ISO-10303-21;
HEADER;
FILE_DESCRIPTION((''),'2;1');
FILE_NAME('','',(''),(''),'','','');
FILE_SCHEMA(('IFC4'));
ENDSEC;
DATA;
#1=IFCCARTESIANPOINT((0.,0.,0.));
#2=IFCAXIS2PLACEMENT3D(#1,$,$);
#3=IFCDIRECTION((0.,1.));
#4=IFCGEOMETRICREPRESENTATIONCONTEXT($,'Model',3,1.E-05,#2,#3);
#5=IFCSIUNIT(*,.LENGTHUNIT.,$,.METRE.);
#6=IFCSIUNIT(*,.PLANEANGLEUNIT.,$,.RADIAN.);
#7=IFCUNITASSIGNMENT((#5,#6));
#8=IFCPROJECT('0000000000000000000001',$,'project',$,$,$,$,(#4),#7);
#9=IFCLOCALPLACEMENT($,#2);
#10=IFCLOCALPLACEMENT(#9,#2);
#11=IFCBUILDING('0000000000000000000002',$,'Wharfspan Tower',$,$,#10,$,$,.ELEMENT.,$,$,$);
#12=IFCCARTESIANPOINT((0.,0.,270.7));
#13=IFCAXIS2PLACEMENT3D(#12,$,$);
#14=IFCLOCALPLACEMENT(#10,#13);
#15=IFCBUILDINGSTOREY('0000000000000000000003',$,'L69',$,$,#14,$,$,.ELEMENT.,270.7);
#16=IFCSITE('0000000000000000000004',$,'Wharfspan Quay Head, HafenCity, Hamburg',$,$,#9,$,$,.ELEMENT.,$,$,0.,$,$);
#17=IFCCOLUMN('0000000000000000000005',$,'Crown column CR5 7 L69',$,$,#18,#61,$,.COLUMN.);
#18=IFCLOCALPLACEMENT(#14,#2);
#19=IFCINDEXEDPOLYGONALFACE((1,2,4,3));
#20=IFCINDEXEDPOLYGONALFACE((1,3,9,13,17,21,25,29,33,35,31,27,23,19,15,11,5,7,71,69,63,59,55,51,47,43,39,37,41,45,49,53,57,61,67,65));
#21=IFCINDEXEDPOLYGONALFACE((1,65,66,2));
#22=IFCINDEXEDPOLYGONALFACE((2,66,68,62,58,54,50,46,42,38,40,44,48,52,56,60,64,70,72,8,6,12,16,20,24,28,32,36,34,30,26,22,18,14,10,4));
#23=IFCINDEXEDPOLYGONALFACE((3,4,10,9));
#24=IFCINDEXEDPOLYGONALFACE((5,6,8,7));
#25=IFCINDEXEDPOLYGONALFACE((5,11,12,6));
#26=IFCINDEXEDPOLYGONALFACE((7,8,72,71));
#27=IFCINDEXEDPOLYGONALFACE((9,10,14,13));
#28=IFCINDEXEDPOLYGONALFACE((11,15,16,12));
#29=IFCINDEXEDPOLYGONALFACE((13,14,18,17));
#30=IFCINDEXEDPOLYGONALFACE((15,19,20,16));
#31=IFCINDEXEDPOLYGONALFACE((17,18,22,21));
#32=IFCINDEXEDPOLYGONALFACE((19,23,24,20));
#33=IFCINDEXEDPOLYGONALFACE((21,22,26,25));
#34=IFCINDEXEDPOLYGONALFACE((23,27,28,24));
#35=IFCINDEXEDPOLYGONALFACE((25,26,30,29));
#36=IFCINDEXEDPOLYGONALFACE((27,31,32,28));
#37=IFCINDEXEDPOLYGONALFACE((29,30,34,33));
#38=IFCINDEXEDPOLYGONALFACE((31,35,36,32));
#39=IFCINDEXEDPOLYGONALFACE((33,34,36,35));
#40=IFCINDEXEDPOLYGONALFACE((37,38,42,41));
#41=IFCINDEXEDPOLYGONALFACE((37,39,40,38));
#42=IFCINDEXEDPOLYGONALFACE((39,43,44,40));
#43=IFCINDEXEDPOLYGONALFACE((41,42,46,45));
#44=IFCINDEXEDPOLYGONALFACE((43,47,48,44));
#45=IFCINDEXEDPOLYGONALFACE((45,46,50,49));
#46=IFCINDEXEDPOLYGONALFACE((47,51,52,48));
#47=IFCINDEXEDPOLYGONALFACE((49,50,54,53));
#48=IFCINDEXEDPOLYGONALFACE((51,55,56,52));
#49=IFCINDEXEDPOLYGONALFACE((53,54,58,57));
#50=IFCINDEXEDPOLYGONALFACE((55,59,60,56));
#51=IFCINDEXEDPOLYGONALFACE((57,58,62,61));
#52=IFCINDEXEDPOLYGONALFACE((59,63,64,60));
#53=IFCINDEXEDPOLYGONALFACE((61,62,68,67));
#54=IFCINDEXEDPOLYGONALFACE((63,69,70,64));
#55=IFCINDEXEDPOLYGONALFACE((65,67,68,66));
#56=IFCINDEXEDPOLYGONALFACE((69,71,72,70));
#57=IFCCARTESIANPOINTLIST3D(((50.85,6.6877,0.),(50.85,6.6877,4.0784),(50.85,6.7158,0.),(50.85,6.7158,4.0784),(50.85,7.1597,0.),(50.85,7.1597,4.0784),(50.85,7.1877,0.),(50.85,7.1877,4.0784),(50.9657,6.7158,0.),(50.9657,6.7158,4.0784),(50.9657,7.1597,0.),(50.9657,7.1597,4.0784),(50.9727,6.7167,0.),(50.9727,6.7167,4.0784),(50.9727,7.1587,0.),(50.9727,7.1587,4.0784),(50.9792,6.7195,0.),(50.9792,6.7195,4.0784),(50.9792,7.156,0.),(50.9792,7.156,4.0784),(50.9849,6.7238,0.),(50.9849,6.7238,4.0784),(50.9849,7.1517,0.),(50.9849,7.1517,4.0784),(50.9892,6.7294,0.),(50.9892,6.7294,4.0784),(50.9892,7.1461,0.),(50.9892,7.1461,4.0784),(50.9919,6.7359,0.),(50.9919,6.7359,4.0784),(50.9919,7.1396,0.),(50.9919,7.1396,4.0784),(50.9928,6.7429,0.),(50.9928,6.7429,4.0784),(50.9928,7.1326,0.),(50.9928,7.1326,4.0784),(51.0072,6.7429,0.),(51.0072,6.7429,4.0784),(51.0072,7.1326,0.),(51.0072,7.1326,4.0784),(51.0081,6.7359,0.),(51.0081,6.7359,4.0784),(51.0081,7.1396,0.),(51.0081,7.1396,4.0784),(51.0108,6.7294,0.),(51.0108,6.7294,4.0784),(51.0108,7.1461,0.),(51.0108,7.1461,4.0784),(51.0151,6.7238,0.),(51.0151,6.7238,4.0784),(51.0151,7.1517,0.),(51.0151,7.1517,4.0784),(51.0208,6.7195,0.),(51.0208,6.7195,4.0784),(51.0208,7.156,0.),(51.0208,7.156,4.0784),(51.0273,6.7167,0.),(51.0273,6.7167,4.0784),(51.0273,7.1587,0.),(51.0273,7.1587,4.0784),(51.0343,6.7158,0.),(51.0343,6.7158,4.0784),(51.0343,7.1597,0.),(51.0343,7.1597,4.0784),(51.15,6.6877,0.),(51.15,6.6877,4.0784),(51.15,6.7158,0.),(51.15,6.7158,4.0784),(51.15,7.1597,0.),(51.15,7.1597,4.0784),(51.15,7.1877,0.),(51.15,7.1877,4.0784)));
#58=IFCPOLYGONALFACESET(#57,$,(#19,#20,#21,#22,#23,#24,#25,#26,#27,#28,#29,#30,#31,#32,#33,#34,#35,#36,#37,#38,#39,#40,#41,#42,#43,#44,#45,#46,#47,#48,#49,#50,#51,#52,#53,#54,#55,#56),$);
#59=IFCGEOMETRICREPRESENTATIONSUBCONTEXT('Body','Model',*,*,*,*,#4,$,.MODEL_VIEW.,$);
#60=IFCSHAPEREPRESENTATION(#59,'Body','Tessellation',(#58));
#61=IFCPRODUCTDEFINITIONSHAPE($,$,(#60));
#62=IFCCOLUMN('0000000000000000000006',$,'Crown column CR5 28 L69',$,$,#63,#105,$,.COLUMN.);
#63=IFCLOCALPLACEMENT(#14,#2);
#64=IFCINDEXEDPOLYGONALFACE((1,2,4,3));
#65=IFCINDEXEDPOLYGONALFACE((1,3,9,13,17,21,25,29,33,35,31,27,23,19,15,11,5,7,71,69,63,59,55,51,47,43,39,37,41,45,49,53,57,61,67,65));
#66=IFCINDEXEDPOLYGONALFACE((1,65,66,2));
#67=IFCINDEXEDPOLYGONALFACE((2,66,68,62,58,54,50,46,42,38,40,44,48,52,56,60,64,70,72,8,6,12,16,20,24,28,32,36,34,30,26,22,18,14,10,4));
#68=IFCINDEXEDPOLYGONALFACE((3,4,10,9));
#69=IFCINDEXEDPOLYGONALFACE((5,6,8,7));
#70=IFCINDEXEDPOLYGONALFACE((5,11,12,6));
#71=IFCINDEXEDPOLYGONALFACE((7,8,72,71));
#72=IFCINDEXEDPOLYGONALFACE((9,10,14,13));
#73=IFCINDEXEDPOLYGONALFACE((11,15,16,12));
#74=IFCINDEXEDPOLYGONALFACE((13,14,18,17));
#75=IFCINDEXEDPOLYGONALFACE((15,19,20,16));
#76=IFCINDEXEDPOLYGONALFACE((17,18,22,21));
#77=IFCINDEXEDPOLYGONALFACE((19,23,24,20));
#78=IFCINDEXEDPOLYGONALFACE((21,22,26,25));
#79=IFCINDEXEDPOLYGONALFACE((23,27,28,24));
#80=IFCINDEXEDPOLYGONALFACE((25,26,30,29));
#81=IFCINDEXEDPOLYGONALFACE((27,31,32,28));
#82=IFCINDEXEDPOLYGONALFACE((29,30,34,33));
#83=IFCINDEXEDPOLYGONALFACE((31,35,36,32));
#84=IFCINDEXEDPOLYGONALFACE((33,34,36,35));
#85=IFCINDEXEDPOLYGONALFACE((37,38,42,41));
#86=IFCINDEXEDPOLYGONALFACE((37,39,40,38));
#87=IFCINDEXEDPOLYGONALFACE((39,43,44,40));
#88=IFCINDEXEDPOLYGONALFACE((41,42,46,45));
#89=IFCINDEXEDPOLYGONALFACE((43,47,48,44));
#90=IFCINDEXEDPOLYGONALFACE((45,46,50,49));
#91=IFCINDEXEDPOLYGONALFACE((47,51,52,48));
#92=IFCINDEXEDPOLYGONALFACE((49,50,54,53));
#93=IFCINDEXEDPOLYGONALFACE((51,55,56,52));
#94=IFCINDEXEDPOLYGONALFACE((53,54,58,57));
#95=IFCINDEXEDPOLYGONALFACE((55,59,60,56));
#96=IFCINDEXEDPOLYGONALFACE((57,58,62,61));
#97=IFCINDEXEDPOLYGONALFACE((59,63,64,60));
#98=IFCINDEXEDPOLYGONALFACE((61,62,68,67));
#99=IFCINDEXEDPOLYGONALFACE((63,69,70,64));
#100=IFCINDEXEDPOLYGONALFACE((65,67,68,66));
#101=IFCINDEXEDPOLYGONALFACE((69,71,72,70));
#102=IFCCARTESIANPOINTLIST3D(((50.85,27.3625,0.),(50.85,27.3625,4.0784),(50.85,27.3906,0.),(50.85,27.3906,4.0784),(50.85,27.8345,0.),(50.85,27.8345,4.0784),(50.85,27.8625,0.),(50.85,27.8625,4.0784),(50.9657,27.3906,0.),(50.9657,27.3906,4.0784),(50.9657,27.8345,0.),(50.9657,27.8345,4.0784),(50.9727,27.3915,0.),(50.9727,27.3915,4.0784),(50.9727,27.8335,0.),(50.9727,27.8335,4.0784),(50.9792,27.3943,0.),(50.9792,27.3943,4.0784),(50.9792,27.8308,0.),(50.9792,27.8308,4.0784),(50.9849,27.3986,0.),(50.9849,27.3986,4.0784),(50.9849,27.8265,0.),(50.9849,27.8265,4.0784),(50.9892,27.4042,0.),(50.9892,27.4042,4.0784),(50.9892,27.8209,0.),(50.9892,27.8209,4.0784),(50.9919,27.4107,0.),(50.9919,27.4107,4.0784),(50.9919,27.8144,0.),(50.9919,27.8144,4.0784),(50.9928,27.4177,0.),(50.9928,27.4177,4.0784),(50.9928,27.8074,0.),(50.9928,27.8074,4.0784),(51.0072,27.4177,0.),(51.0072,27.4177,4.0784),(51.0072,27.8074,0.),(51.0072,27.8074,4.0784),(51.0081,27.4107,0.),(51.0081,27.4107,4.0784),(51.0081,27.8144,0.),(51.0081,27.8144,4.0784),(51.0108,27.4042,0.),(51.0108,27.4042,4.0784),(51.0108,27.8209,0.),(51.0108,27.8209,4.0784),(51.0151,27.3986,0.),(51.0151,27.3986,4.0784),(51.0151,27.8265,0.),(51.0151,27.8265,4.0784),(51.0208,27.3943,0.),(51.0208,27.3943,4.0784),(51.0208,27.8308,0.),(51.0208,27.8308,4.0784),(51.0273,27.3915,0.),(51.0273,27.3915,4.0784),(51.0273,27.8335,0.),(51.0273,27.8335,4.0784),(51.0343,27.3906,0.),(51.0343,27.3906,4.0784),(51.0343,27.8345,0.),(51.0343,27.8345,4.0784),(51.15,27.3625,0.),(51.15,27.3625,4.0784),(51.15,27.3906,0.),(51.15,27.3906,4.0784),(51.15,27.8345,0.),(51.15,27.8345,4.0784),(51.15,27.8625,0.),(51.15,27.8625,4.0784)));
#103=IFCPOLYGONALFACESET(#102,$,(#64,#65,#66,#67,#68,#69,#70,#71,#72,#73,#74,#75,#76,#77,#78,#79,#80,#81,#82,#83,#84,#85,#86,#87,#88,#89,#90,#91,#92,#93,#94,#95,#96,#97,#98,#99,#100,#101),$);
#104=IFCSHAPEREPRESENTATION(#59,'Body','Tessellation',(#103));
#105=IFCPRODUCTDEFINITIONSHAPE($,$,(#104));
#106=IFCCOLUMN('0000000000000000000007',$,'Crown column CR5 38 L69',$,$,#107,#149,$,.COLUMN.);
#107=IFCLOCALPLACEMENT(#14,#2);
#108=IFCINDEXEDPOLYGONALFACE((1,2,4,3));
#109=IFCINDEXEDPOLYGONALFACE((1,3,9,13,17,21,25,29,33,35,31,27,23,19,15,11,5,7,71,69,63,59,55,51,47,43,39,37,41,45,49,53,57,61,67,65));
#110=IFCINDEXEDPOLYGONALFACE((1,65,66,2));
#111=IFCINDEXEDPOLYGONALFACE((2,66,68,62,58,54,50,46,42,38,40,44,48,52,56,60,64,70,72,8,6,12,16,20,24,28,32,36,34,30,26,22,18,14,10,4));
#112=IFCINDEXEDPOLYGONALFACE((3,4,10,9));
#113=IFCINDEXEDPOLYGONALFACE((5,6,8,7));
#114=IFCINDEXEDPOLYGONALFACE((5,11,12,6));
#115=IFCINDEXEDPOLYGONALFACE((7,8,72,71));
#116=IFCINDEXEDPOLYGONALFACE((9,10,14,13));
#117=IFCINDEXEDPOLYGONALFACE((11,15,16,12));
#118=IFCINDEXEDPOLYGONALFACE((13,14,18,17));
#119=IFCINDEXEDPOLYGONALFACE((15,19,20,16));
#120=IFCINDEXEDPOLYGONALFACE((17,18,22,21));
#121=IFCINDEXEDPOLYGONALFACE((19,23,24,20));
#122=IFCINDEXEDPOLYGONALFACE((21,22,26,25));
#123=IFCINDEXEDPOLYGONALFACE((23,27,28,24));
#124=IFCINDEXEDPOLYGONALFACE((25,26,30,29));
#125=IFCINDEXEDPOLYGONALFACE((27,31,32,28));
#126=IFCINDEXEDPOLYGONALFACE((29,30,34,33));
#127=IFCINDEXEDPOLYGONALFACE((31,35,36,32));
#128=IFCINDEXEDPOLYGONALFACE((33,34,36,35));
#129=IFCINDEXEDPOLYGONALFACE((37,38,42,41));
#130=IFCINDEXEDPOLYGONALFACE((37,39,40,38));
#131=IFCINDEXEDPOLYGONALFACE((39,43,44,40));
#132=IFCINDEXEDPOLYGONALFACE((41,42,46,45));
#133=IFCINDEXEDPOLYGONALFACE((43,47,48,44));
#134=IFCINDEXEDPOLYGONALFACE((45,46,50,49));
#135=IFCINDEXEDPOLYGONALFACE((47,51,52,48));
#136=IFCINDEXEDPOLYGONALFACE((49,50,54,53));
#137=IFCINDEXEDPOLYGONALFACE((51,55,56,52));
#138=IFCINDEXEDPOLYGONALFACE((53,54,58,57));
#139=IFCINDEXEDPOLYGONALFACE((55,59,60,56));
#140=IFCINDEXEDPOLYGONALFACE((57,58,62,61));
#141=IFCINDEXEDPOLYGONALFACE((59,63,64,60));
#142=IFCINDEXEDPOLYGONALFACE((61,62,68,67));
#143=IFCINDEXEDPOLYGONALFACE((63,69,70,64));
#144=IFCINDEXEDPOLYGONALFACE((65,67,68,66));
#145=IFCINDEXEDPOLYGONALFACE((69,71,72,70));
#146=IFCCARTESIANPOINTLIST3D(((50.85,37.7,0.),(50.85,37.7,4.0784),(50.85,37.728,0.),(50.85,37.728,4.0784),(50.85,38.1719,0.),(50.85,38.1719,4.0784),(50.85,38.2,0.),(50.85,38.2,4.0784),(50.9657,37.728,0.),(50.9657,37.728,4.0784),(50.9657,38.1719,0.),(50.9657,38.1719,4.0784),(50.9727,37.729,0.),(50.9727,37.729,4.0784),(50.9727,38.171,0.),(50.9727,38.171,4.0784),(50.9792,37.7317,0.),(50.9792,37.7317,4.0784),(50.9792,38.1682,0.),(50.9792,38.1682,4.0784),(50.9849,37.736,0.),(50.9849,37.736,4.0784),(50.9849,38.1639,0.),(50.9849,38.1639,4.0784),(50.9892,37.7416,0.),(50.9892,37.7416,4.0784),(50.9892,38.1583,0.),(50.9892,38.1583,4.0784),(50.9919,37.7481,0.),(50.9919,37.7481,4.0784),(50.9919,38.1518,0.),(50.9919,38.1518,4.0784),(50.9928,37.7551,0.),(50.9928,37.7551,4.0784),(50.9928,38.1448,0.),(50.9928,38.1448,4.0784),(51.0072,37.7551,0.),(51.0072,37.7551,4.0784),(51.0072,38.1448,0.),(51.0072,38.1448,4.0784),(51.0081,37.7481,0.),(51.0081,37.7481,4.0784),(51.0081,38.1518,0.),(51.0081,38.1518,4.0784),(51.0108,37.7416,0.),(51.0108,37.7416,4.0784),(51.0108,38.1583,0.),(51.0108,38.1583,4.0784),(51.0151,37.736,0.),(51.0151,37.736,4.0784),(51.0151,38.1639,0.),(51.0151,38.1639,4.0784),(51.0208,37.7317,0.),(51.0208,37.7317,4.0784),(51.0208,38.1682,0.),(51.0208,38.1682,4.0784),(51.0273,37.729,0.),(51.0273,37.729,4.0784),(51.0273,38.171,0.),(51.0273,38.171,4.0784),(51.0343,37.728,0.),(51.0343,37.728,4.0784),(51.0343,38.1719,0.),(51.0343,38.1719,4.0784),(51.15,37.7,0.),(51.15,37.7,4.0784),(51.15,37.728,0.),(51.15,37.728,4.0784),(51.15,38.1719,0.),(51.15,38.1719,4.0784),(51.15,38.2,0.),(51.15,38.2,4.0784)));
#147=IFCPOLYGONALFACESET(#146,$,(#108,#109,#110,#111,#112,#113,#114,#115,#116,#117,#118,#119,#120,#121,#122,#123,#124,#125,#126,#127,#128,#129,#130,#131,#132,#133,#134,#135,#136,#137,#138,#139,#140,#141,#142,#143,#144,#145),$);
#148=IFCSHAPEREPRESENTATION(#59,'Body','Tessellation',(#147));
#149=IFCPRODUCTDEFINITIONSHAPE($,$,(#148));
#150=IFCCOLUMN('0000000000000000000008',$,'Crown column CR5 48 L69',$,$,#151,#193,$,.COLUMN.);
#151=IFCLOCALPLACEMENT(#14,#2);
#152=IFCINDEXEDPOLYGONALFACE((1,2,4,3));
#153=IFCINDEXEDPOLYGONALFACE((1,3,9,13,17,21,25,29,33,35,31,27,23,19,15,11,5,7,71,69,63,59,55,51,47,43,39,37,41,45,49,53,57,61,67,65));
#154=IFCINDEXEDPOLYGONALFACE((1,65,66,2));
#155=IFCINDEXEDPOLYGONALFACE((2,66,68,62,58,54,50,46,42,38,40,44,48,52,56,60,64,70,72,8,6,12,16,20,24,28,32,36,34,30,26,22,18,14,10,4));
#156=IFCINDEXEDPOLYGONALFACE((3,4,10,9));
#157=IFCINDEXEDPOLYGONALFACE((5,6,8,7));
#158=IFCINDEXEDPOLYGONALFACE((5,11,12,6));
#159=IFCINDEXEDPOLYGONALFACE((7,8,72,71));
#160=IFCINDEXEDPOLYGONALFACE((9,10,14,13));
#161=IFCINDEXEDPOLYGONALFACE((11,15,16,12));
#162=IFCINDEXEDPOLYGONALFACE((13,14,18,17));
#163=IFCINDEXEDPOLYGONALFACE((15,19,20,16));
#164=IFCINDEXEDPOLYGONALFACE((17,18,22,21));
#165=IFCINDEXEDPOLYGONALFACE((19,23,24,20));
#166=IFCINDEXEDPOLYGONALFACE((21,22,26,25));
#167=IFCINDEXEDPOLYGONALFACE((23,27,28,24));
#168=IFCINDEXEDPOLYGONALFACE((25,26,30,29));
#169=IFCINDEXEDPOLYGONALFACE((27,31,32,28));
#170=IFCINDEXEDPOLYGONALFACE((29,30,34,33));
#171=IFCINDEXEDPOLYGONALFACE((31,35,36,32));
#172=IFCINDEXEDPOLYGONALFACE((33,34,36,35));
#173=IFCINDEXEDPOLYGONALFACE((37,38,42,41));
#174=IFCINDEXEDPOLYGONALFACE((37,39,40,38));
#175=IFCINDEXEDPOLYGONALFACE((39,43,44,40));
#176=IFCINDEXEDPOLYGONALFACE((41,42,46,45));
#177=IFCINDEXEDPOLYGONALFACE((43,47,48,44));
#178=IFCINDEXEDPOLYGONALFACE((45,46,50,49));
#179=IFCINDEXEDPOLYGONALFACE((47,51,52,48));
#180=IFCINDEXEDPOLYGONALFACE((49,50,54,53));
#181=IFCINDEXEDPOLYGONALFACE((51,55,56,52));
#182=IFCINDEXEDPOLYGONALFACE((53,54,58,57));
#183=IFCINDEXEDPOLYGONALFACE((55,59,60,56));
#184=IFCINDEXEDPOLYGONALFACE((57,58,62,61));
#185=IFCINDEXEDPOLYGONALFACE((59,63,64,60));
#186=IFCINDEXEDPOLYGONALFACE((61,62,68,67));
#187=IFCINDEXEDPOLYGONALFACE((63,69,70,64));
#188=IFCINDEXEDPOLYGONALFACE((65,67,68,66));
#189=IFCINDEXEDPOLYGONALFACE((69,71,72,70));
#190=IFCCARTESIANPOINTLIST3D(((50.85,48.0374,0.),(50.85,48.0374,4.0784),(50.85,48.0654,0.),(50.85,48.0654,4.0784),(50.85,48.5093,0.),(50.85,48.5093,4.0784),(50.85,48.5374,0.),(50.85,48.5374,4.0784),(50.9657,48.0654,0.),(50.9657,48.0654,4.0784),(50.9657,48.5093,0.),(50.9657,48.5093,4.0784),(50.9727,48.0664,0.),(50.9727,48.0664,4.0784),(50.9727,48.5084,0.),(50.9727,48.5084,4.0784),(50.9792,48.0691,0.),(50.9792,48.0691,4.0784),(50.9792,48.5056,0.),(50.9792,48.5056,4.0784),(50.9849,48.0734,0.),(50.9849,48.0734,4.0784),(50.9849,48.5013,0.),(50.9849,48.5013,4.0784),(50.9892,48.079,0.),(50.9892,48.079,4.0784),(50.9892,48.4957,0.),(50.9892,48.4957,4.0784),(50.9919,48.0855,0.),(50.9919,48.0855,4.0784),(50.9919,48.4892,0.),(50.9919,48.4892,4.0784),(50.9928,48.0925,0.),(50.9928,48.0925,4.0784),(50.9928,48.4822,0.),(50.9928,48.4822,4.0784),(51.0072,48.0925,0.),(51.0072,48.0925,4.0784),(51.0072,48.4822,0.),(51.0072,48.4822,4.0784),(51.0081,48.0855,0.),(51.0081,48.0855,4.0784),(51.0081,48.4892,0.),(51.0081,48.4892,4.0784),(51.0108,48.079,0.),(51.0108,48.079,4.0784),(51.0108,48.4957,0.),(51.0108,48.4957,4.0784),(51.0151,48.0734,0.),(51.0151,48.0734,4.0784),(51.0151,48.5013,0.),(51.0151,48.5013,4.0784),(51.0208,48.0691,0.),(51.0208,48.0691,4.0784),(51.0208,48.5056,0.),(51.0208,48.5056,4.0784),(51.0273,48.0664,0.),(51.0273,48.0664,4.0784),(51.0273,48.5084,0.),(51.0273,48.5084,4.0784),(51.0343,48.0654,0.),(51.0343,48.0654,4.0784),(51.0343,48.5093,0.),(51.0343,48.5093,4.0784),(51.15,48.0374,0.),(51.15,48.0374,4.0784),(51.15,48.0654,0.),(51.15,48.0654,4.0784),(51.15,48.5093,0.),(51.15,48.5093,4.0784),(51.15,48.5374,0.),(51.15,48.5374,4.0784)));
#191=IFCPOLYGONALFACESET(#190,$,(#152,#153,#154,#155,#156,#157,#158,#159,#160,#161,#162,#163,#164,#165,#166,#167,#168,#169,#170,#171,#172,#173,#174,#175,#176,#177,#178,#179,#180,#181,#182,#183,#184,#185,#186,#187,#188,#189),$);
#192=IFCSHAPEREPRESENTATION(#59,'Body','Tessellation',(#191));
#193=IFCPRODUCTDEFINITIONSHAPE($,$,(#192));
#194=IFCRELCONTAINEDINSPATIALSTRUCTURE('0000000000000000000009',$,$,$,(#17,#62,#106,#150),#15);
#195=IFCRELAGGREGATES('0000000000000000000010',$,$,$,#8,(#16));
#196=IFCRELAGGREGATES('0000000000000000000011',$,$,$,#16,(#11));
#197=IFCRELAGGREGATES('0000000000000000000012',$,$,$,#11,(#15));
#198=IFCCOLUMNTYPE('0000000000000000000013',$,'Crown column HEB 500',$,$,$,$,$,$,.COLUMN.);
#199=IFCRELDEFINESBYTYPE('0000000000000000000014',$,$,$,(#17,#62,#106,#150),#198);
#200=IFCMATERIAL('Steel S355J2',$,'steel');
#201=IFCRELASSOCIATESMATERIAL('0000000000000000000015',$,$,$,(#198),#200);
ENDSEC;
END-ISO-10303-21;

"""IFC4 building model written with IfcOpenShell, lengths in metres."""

from ifc_helpers import new_model, si_unit, direction, frame, origin, origin_2d, place, context, subcontext, project, spatial, i_section, extrude, material, material_profile, profile_set, type_object, element, save


model = new_model("IFC4")

# Units and contexts
model_context = context("Model", 3, precision=1e-05, world=origin(), true_north=direction((0.0, 1.0)))
body_context = subcontext(model_context, "Body", "Model", "MODEL_VIEW")
ifc_project = project(units=[si_unit("LENGTHUNIT", "METRE"), si_unit("PLANEANGLEUNIT", "RADIAN")], contexts=[model_context])

# Site, building, storey
site_placement = place(None, origin())
site = spatial("IfcSite", under=ifc_project, at=site_placement, Name="Wharfspan Quay Head, HafenCity, Hamburg", CompositionType="ELEMENT", RefElevation=0.0)
building_placement = place(site_placement, origin())
building = spatial("IfcBuilding", under=site, at=building_placement, Name="Wharfspan Tower", CompositionType="ELEMENT")
storey_placement = place(building_placement, frame((0.0, 0.0, 270.7)))
storey = spatial("IfcBuildingStorey", under=building, at=storey_placement, Name="L69", CompositionType="ELEMENT", Elevation=270.7)

# Columns
ifc_material_1 = material(Name="Steel S355J2", Category="steel")
ifc_material_profile_1 = material_profile(ifc_material_1, i_section(OverallWidth=0.3, OverallDepth=0.5, WebThickness=0.0144, FlangeThickness=0.0281, FilletRadius=0.0271, at=origin_2d()))
ifc_profile_set_1 = profile_set([ifc_material_profile_1], Name="Steel S355J2")
column_type = type_object("IfcColumnType", Name="Crown column HEB 500", PredefinedType="COLUMN", material=ifc_profile_set_1)
for number, where, z_axis, x_axis, name in (
    (1, (51.0, 6.9377, 0.0), (0.0, 0.0, 1.0), (1.0, 0.0, 0.0), "Crown column CR5 7 L69"),
    (2, (51.0, 27.6125, 0.0), (0.0, 0.0, 1.0), (1.0, 0.0, 0.0), "Crown column CR5 28 L69"),
    (3, (51.0, 37.95, 0.0), (0.0, 0.0, 1.0), (1.0, 0.0, 0.0), "Crown column CR5 38 L69"),
    (4, (51.0, 48.2874, 0.0), (0.0, 0.0, 1.0), (1.0, 0.0, 0.0), "Crown column CR5 48 L69"),
):
    element("IfcColumn", number, at=place(storey_placement, frame(where, z_axis=z_axis, x_axis=x_axis)), inside=storey, type_object=column_type, Name=name, PredefinedType="COLUMN", context=body_context, shape_type="SweptSolid", body=[
        extrude(i_section(OverallWidth=0.3, OverallDepth=0.5, WebThickness=0.0144, FlangeThickness=0.0281, FilletRadius=0.0271, at=origin_2d()), origin(), (0.0, 0.0, 1.0), 4.0784),
    ])

save(model, "model.ifc")
